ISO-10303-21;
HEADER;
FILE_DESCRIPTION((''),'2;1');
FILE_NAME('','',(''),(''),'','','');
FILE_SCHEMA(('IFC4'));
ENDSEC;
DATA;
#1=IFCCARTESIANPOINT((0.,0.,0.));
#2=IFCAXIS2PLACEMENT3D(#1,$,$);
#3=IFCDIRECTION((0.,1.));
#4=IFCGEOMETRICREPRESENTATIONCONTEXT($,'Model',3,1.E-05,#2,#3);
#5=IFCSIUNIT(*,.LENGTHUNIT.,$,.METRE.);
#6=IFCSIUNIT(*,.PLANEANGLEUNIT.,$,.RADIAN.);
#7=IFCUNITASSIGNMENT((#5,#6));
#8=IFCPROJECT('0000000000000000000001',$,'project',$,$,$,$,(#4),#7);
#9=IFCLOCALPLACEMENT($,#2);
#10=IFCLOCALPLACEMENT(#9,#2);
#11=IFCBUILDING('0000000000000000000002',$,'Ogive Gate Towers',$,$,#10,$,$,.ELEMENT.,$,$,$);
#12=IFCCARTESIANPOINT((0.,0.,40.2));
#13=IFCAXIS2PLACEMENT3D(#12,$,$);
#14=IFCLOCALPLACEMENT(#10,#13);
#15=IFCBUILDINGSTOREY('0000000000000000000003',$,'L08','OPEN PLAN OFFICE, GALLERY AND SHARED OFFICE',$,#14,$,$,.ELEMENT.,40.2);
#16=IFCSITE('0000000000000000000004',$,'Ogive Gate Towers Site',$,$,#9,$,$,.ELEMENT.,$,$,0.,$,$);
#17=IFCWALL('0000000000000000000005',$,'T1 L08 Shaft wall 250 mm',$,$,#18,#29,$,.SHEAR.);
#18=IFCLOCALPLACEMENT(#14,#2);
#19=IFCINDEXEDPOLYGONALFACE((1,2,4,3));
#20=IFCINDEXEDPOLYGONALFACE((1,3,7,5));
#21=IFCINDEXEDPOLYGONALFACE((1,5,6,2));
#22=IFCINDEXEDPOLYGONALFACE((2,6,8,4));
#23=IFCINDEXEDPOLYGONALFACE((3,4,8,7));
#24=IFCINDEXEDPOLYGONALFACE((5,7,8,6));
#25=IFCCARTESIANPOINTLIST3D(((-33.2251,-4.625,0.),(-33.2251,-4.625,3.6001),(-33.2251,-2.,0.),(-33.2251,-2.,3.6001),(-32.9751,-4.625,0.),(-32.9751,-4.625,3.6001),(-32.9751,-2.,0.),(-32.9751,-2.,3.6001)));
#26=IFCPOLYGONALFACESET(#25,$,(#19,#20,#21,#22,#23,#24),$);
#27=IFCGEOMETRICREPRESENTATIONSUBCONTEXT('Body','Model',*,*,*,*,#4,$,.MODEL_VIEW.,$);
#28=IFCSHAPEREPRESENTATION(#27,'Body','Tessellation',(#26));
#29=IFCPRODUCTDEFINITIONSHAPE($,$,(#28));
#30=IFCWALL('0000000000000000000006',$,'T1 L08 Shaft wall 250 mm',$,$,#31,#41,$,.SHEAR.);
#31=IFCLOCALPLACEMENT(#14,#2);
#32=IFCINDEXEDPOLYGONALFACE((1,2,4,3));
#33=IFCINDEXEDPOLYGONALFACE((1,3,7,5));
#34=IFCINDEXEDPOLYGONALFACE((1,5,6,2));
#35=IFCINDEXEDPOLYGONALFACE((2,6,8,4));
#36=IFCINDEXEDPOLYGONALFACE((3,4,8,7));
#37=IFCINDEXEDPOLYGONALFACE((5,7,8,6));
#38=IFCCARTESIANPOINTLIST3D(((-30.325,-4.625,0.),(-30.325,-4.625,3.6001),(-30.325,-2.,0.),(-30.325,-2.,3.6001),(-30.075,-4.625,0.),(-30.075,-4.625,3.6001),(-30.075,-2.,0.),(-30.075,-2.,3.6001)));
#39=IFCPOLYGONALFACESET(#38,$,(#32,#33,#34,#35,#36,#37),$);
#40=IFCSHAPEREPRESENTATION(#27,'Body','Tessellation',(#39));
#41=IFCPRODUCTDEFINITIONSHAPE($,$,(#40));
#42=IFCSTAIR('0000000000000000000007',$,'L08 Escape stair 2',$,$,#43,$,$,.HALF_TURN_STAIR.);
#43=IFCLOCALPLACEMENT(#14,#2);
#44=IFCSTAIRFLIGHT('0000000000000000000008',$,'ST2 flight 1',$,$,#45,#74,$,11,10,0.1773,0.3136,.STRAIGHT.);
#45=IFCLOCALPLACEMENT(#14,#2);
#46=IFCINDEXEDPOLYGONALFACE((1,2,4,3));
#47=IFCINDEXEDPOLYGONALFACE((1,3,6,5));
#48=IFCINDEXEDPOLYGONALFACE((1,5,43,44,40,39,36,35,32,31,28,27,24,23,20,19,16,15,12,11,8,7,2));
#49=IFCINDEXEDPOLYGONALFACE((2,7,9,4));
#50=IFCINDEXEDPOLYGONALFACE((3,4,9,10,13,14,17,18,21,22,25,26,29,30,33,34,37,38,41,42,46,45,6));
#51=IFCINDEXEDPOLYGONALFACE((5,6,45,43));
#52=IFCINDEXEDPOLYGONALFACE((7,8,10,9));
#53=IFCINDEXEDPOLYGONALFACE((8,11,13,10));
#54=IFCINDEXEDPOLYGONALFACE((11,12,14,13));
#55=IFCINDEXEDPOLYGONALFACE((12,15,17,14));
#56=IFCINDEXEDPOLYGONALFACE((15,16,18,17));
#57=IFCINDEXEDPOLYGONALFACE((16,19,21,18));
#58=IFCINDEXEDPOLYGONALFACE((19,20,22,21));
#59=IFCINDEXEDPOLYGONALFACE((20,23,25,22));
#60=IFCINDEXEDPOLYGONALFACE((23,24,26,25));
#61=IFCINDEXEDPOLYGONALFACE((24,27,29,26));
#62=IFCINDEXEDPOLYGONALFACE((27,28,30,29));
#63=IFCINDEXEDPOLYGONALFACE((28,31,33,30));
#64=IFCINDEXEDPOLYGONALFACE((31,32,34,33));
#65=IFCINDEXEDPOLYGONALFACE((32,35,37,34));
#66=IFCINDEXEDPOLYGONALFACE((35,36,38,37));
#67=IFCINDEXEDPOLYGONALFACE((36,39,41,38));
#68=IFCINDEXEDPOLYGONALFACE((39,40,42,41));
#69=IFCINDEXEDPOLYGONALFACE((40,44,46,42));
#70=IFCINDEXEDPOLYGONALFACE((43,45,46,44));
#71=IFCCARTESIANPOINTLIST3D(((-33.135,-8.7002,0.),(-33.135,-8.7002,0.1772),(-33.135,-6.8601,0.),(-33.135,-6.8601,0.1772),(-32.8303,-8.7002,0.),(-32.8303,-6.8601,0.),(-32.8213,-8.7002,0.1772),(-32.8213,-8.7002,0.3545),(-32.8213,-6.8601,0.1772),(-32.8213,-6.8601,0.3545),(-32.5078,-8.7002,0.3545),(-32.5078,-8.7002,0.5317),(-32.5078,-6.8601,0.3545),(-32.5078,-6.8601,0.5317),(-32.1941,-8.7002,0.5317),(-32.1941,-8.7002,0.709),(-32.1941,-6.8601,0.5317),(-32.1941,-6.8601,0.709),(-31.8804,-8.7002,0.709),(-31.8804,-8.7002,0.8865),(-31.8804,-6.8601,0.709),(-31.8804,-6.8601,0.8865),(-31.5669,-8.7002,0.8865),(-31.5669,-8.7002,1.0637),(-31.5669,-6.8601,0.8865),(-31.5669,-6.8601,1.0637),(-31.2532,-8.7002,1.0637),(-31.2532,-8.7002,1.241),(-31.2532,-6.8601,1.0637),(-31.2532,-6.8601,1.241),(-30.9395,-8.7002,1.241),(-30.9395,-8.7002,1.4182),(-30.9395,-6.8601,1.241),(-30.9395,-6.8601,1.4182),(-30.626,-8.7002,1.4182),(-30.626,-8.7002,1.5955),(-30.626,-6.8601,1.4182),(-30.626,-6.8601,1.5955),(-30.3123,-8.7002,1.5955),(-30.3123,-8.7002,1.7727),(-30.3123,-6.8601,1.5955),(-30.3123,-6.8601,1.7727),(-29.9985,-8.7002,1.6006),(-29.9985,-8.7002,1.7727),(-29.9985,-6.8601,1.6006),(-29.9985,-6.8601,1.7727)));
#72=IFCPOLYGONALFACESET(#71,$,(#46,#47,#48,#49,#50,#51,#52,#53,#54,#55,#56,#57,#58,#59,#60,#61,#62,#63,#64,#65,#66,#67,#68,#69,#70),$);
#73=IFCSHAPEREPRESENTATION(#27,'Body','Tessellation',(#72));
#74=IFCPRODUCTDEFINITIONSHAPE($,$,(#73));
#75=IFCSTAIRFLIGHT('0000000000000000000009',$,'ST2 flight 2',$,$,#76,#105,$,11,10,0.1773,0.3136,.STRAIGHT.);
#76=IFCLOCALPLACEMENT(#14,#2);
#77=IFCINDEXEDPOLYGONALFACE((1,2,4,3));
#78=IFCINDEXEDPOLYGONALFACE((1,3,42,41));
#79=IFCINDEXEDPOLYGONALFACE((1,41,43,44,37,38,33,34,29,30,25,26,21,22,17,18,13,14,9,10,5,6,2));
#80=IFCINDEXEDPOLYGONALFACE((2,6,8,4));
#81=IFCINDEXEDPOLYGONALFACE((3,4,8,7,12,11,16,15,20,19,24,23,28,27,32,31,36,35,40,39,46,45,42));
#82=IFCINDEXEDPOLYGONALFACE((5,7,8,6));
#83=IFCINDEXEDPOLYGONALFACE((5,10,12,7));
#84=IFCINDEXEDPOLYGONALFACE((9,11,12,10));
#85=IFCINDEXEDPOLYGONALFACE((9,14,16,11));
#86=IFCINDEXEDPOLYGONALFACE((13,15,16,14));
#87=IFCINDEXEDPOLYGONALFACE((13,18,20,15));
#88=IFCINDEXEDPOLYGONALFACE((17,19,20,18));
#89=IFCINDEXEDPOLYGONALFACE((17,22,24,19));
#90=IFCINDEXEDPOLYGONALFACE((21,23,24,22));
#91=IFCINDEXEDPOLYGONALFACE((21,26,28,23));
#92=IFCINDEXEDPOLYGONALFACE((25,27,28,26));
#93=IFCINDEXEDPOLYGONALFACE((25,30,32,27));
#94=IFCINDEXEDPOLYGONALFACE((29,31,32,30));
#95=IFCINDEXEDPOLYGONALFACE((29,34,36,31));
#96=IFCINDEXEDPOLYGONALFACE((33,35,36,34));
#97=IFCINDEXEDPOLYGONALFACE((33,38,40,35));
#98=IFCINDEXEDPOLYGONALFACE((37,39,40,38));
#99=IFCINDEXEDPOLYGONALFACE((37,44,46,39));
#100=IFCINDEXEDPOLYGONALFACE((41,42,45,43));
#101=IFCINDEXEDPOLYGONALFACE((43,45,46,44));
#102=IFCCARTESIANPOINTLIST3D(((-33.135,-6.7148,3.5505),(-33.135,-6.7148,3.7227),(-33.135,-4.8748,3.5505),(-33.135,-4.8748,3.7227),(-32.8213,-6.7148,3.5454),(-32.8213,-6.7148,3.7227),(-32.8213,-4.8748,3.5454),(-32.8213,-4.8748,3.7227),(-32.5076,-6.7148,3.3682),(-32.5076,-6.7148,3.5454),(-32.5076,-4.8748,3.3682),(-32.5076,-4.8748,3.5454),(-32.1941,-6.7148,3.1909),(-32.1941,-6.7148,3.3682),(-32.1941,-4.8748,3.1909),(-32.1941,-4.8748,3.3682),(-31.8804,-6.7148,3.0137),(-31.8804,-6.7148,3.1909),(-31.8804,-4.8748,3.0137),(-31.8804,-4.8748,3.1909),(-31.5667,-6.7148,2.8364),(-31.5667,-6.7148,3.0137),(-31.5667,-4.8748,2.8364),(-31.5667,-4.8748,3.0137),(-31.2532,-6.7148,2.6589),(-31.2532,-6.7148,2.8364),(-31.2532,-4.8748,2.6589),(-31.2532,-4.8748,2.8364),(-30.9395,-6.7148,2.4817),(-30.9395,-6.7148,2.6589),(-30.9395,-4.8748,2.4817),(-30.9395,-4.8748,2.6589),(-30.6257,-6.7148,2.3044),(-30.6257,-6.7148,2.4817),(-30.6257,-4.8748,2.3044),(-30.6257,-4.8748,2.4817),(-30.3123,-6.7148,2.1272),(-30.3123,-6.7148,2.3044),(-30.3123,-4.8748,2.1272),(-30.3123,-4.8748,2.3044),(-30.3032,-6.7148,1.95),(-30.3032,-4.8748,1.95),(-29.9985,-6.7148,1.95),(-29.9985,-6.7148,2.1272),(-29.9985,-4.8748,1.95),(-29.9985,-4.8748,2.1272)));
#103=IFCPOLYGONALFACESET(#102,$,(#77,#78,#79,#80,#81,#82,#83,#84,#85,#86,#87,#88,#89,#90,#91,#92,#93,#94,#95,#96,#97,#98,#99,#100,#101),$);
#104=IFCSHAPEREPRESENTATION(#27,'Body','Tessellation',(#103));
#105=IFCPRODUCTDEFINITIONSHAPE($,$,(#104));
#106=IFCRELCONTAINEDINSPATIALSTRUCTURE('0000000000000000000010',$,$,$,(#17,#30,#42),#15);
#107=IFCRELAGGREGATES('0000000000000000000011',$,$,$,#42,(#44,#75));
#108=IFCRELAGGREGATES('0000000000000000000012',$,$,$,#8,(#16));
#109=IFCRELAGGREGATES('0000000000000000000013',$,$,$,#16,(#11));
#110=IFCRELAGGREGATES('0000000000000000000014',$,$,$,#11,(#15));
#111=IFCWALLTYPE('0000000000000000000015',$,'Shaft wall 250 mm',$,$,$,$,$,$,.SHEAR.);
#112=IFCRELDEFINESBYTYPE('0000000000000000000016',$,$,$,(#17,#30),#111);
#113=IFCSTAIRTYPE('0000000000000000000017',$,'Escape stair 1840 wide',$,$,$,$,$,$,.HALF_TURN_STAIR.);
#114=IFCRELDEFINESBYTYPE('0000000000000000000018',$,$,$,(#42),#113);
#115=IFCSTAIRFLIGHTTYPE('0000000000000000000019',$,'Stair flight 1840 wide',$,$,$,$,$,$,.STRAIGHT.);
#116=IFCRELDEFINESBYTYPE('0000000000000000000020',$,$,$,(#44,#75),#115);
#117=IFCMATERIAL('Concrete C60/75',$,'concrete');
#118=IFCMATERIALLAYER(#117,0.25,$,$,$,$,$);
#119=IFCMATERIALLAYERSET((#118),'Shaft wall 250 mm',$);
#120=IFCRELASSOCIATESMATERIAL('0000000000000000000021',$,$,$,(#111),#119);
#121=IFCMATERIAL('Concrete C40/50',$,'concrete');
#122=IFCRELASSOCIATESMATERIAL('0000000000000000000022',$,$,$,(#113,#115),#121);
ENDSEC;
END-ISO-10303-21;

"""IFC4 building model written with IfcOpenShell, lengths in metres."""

from ifc_helpers import new_model, si_unit, direction, frame, frame_2d, origin, place, context, subcontext, project, spatial, polyline, rectangle, outline, extrude, material, layer, layer_set, type_object, element, aggregate, save


model = new_model("IFC4")

# Units and contexts
model_context = context("Model", 3, precision=1e-05, world=origin(), true_north=direction((0.0, 1.0)))
body_context = subcontext(model_context, "Body", "Model", "MODEL_VIEW")
ifc_project = project(units=[si_unit("LENGTHUNIT", "METRE"), si_unit("PLANEANGLEUNIT", "RADIAN")], contexts=[model_context])

# Site, building, storey
site_placement = place(None, origin())
site = spatial("IfcSite", under=ifc_project, at=site_placement, Name="Ogive Gate Towers Site", CompositionType="ELEMENT", RefElevation=0.0)
building_placement = place(site_placement, origin())
building = spatial("IfcBuilding", under=site, at=building_placement, Name="Ogive Gate Towers", CompositionType="ELEMENT")
storey_placement = place(building_placement, frame((0.0, 0.0, 40.2)))
storey = spatial("IfcBuildingStorey", under=building, at=storey_placement, Name="L08", Description="OPEN PLAN OFFICE, GALLERY AND SHARED OFFICE", CompositionType="ELEMENT", Elevation=40.2)

# Shared definitions
ifc_material_1 = material(Name="Concrete C60/75", Category="concrete")

# Shared definitions
ifc_layer_1 = layer(ifc_material_1, 0.25)
ifc_layer_set_1 = layer_set([ifc_layer_1], Name="Shaft wall 250 mm")
wall_type_1 = type_object("IfcWallType", Name="Shaft wall 250 mm", PredefinedType="SHEAR", material=ifc_layer_set_1)

# Walls
for number, where, z_axis, x_axis, name in (
    (1, (-33.1001, -4.625, 0.0), (0.0, 0.0, 1.0), (0.0, 1.0, 0.0), "T1 L08 Shaft wall 250 mm"),
    (2, (-30.2, -4.625, 0.0), (0.0, 0.0, 1.0), (0.0, 1.0, 0.0), "T1 L08 Shaft wall 250 mm"),
):
    element("IfcWall", number, at=place(storey_placement, frame(where, z_axis=z_axis, x_axis=x_axis)), inside=storey, type_object=wall_type_1, Name=name, PredefinedType="SHEAR", context=body_context, shape_type="SweptSolid", body=[
        extrude(rectangle(XDim=2.625, YDim=0.25, at=frame_2d((1.3125, 0.0))), origin(), (0.0, 0.0, 1.0), 3.6001),
    ])

# Stair, stair flights
ifc_material_2 = material(Name="Concrete C40/50", Category="concrete")
stair_type = type_object("IfcStairType", Name="Escape stair 1840 wide", PredefinedType="HALF_TURN_STAIR", material=ifc_material_2)
stair_placement = place(storey_placement, origin())
stair = element("IfcStair", 3, at=stair_placement, inside=storey, type_object=stair_type, Name="L08 Escape stair 2", PredefinedType="HALF_TURN_STAIR")
stair_flight_type = type_object("IfcStairFlightType", Name="Stair flight 1840 wide", PredefinedType="STRAIGHT", material=ifc_material_2)
stair_flight_1_placement = place(storey_placement, frame((-33.135, -7.78, 0.0), z_axis=(0.0, 0.0, 1.0), x_axis=(1.0, 0.0, 0.0)))
stair_flight_1 = element("IfcStairFlight", 4, at=stair_flight_1_placement, type_object=stair_flight_type, Name="ST2 flight 1", NumberOfRisers=11, NumberOfTreads=10, PredefinedType="STRAIGHT", RiserHeight=0.1773, TreadLength=0.3136, context=body_context, shape_type="SweptSolid", body=[
    extrude(outline(polyline([(0.0, 0.0), (0.0, 0.1772), (0.3137, 0.1772), (0.3137, 0.3545), (0.6272, 0.3545), (0.6272, 0.5317), (0.9409, 0.5317), (0.9409, 0.709), (1.2546, 0.709), (1.2546, 0.8865), (1.5681, 0.8865), (1.5681, 1.0637), (1.8818, 1.0637), (1.8818, 1.241), (2.1956, 1.241), (2.1956, 1.4182), (2.509, 1.4182), (2.509, 1.5955), (2.8228, 1.5955), (2.8228, 1.7727), (3.1365, 1.7727), (3.1365, 1.95), (3.1365, 1.6006), (0.3047, 0.0), (0.0, 0.0)])), frame((0.0, 0.9199, 0.0), z_axis=(0.0, -1.0, 0.0), x_axis=(1.0, 0.0, 0.0)), (0.0, 0.0, 1.0), 1.8401),
])
stair_flight_2_placement = place(storey_placement, frame((-29.9985, -5.7949, 1.95), z_axis=(0.0, 0.0, 1.0), x_axis=(-1.0, 0.0, 0.0)))
stair_flight_2 = element("IfcStairFlight", 5, at=stair_flight_2_placement, type_object=stair_flight_type, Name="ST2 flight 2", NumberOfRisers=11, NumberOfTreads=10, PredefinedType="STRAIGHT", RiserHeight=0.1773, TreadLength=0.3136, context=body_context, shape_type="SweptSolid", body=[
    extrude(outline(polyline([(0.0, 0.0), (0.0, 0.1772), (0.3137, 0.1772), (0.3137, 0.3545), (0.6272, 0.3545), (0.6272, 0.5317), (0.9409, 0.5317), (0.9409, 0.709), (1.2546, 0.709), (1.2546, 0.8865), (1.5681, 0.8865), (1.5681, 1.0637), (1.8818, 1.0637), (1.8818, 1.241), (2.1956, 1.241), (2.1956, 1.4182), (2.509, 1.4182), (2.509, 1.5955), (2.8228, 1.5955), (2.8228, 1.7727), (3.1365, 1.7727), (3.1365, 1.95), (3.1365, 1.6006), (0.3047, 0.0), (0.0, 0.0)])), frame((0.0, 0.9199, 0.0), z_axis=(0.0, -1.0, 0.0), x_axis=(1.0, 0.0, 0.0)), (0.0, 0.0, 1.0), 1.8401),
])
aggregate(stair, [stair_flight_1, stair_flight_2])

save(model, "model.ifc")
